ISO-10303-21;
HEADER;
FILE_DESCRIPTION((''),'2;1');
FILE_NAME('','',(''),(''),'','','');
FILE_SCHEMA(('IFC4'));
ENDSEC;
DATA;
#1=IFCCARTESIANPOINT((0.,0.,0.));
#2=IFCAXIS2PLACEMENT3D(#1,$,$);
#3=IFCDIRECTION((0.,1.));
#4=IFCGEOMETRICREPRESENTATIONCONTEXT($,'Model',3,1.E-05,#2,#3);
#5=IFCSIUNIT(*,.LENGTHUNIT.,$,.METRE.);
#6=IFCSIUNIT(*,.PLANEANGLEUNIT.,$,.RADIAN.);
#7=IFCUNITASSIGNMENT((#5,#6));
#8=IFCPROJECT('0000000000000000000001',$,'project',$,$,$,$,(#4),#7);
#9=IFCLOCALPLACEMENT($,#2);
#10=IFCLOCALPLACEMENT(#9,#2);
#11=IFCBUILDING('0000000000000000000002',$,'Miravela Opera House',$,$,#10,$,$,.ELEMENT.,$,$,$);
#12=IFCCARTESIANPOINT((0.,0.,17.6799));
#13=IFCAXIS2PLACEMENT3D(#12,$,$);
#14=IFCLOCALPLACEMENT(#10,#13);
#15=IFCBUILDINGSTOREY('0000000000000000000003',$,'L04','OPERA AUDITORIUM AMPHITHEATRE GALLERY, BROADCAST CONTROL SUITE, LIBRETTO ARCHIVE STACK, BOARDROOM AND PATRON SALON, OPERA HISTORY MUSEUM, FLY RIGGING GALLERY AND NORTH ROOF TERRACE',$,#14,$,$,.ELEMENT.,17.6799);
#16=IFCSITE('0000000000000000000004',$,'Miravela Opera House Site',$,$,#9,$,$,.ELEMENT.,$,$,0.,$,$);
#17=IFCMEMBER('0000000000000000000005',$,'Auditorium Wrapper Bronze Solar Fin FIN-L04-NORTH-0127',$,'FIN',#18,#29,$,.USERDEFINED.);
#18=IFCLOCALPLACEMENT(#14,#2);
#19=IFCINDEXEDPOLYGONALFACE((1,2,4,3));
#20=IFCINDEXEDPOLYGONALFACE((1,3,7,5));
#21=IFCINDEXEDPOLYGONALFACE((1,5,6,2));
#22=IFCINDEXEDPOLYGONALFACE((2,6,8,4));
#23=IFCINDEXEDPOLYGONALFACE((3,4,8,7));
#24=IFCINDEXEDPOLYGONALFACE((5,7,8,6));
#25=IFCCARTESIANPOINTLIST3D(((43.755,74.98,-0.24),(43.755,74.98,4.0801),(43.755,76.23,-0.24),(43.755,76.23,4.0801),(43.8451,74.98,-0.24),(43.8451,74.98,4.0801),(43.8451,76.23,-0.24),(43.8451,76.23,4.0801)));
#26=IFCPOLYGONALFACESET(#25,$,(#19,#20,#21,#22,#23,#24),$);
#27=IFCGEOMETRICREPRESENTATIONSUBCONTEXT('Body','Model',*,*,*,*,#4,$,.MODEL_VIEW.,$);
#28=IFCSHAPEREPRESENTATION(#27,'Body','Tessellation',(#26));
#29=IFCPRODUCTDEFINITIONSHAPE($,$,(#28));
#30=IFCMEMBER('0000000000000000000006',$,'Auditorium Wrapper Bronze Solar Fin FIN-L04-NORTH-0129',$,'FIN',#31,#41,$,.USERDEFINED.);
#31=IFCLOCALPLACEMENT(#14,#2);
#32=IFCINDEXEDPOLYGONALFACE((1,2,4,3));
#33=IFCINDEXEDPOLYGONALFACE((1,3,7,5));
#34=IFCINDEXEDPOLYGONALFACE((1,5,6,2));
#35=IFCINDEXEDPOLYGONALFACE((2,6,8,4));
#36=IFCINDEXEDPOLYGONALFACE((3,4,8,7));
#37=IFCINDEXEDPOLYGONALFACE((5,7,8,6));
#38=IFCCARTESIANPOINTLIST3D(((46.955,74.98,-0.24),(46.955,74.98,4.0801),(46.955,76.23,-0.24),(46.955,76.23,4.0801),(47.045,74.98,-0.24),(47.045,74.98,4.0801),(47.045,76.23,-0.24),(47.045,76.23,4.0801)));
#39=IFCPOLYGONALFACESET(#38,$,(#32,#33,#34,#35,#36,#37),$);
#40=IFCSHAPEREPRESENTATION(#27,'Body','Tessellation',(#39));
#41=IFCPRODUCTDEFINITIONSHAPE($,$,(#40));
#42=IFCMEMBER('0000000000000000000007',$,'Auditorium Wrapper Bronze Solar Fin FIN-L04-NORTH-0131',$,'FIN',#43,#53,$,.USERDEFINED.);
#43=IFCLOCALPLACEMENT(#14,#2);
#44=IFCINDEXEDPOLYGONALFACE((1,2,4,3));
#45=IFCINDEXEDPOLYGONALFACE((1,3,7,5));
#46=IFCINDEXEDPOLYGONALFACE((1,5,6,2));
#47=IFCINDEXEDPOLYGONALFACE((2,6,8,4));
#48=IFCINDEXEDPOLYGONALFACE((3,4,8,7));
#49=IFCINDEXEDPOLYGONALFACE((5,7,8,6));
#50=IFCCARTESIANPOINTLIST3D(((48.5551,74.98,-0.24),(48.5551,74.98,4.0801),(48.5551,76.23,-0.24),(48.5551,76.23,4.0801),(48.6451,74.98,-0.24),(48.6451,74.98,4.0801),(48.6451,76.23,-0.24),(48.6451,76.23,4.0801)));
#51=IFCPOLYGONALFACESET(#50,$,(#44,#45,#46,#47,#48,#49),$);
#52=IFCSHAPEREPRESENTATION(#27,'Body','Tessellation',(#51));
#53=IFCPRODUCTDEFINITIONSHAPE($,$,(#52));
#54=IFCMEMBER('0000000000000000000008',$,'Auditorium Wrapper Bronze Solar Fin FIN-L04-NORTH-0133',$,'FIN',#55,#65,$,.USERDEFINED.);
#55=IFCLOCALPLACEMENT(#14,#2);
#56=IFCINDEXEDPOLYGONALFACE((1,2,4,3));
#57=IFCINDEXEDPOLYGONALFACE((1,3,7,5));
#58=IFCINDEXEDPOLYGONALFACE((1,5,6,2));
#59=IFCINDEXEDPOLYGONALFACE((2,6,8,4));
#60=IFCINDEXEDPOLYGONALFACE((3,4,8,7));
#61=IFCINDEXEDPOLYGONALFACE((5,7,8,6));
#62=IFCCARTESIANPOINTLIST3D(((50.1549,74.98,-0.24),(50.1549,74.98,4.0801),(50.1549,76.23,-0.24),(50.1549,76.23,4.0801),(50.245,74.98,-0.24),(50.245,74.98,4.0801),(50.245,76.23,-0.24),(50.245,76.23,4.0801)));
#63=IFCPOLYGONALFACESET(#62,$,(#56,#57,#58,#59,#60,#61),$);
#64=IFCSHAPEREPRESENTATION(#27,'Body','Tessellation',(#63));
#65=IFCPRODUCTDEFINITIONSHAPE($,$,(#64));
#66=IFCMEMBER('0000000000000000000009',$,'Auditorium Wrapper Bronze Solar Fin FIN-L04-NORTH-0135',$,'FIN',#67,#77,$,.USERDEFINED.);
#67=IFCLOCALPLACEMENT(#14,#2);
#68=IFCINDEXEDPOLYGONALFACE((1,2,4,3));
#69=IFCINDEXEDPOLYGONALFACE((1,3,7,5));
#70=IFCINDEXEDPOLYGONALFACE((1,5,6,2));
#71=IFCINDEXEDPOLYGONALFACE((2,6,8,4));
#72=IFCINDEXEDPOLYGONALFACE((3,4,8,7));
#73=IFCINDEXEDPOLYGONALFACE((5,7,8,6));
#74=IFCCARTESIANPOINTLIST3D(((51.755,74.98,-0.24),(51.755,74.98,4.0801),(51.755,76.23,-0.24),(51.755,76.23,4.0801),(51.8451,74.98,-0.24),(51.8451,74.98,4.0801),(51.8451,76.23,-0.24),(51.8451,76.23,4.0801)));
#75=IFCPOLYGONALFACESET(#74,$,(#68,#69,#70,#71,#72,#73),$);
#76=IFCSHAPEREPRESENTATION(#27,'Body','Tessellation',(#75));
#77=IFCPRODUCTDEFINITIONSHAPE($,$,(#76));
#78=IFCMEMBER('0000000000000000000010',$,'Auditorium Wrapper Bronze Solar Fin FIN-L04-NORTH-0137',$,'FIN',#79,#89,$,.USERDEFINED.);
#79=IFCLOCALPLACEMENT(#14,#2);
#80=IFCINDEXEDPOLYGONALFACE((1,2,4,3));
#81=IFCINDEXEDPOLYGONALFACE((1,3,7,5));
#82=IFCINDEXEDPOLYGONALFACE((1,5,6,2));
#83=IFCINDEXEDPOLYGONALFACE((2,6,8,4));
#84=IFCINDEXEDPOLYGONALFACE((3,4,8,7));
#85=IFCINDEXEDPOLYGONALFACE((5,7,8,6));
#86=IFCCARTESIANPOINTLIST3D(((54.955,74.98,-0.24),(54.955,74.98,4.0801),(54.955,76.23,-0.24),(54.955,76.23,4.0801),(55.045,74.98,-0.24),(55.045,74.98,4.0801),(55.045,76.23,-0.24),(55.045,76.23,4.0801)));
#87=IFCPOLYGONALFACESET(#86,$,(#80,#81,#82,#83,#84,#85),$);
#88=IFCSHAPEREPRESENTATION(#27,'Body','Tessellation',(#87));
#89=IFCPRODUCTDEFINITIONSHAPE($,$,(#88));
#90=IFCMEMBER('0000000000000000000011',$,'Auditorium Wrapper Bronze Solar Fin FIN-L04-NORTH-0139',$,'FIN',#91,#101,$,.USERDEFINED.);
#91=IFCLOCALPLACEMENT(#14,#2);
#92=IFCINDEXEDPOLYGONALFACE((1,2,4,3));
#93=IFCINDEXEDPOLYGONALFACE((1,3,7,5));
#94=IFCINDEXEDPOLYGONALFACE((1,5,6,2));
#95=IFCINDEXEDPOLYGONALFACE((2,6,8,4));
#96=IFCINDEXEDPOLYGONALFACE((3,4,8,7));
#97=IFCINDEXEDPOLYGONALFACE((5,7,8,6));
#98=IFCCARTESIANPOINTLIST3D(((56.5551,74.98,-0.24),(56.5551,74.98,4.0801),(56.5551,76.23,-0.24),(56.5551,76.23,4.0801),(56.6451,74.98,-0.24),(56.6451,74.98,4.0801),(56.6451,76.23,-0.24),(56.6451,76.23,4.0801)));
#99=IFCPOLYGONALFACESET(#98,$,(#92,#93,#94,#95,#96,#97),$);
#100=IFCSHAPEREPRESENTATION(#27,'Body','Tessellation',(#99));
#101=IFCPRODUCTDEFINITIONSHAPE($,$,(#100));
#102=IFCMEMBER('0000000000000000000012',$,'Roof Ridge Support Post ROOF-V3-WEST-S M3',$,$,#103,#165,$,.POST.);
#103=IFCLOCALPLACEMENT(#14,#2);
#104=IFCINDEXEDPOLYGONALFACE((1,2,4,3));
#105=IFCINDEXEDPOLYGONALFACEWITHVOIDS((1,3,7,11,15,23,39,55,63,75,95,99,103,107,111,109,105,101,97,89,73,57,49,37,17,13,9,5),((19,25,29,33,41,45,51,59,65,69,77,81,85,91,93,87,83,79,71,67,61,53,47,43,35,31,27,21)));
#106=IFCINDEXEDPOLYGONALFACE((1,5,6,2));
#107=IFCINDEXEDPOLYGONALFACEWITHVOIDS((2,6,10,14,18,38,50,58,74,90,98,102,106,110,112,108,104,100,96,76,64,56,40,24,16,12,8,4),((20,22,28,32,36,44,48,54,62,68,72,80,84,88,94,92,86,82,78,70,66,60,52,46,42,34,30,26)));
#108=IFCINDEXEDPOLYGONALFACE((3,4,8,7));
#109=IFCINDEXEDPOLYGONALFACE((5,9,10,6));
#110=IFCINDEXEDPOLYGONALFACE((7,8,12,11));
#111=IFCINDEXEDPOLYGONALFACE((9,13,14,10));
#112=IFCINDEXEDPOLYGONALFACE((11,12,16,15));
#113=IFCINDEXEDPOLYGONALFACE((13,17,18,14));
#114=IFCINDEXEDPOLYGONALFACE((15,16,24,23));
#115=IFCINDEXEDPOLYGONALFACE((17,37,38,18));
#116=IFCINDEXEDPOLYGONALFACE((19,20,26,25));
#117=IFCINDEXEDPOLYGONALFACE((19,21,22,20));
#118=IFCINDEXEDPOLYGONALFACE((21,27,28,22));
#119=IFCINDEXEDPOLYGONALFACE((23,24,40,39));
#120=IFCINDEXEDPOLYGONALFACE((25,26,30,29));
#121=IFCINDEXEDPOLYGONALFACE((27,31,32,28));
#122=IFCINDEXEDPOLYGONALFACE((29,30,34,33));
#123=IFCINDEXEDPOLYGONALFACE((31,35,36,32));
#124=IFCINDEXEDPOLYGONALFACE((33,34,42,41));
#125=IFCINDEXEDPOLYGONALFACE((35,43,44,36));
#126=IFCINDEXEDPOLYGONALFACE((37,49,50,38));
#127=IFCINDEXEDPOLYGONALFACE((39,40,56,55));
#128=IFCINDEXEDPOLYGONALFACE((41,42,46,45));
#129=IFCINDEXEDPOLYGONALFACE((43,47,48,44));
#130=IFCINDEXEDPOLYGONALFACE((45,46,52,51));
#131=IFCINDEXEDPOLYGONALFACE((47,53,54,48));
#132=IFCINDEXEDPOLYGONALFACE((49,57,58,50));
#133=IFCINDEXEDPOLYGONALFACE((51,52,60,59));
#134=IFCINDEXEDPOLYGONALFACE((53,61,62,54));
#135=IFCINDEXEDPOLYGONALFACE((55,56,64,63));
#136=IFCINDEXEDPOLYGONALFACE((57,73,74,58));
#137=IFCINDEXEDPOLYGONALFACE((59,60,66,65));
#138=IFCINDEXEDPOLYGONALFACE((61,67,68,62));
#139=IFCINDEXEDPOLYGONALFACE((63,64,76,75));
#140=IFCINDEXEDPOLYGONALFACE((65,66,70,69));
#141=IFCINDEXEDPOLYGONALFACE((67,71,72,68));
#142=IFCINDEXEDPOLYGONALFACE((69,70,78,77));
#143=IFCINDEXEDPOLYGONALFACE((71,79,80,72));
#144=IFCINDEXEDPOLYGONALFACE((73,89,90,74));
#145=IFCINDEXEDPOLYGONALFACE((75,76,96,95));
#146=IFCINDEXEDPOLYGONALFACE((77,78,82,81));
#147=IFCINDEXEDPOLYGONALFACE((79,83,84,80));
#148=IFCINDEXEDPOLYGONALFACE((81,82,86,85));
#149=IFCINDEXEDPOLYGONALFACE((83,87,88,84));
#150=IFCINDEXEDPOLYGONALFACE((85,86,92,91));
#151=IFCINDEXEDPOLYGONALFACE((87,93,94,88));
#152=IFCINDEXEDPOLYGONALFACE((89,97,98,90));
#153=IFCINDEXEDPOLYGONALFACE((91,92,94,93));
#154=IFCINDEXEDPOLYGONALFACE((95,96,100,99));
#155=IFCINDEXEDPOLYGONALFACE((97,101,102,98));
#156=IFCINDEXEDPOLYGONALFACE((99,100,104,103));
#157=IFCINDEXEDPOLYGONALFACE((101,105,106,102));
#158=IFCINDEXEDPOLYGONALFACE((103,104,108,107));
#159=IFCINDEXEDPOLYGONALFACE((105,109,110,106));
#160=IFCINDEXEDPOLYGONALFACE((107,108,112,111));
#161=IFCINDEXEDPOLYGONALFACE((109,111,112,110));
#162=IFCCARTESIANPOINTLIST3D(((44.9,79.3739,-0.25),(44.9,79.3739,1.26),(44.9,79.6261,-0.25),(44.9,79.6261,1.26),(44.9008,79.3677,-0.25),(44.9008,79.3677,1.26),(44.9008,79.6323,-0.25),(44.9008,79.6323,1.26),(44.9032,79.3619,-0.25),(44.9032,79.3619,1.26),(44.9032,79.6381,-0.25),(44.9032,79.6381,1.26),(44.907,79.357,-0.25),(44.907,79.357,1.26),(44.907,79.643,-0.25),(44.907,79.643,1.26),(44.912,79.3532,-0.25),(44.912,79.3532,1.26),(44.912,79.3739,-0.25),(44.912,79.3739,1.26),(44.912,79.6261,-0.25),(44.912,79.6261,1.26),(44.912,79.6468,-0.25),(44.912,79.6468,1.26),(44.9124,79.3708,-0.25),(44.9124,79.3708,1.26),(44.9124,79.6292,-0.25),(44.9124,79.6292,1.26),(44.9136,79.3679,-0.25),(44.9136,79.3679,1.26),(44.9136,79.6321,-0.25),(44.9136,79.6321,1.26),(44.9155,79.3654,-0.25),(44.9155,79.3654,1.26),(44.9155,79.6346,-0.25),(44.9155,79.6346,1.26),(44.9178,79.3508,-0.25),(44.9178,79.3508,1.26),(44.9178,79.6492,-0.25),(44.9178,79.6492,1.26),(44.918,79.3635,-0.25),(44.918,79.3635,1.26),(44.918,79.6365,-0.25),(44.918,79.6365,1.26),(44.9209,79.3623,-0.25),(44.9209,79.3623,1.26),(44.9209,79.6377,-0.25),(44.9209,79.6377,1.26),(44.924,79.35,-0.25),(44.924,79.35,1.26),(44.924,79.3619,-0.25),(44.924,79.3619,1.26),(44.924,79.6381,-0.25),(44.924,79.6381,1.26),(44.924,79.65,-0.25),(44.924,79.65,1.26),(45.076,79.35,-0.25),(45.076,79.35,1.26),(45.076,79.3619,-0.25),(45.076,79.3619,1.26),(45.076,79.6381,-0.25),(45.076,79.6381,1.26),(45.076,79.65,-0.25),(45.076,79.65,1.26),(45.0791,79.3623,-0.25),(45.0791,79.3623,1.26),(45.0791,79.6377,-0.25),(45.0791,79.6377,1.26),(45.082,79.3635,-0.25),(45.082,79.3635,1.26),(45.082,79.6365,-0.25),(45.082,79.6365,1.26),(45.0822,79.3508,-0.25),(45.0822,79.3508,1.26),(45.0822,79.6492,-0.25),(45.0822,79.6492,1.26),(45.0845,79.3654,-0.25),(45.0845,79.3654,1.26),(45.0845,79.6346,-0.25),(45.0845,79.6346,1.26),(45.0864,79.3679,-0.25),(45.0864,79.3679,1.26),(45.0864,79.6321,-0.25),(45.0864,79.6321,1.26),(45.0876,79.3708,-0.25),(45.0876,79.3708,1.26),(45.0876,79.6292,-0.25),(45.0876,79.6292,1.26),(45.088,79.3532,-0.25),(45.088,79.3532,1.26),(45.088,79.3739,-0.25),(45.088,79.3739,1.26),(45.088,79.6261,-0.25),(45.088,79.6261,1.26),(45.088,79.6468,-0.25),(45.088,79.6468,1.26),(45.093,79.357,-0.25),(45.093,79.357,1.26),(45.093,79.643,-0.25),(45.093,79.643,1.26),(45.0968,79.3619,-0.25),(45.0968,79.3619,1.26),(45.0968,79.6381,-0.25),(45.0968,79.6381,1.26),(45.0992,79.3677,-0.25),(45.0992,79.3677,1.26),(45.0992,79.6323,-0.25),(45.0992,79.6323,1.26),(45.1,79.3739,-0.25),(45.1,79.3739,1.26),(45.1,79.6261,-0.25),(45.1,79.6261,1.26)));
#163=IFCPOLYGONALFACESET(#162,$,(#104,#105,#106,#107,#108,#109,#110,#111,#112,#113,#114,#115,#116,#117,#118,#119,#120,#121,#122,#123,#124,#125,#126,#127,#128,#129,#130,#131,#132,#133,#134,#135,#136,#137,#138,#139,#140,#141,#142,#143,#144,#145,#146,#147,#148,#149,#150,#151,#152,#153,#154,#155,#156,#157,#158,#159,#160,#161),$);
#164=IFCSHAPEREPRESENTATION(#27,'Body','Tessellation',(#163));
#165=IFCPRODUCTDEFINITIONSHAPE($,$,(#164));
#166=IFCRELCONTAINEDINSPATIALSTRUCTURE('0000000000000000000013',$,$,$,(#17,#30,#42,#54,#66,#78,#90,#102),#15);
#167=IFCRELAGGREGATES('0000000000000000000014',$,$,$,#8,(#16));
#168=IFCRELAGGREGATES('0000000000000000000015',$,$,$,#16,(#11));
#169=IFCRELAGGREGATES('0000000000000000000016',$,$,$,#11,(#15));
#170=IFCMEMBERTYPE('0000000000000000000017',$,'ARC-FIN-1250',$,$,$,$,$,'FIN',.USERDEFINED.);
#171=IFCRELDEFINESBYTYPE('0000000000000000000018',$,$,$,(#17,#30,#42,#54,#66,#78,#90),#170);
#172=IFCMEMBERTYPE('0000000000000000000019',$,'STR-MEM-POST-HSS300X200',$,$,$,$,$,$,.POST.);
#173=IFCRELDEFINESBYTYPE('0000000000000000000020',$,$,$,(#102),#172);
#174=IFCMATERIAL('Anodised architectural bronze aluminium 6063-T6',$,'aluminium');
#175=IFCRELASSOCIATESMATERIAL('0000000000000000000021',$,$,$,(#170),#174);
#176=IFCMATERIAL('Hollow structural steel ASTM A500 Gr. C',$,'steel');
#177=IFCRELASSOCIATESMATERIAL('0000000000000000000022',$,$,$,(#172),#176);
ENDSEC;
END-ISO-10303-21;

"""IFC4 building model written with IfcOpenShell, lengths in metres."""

from ifc_helpers import new_model, si_unit, direction, frame, origin, origin_2d, place, context, subcontext, project, spatial, rectangle, hollow_rectangle, extrude, material, material_profile, profile_set, type_object, element, save


model = new_model("IFC4")

# Units and contexts
model_context = context("Model", 3, precision=1e-05, world=origin(), true_north=direction((0.0, 1.0)))
body_context = subcontext(model_context, "Body", "Model", "MODEL_VIEW")
ifc_project = project(units=[si_unit("LENGTHUNIT", "METRE"), si_unit("PLANEANGLEUNIT", "RADIAN")], contexts=[model_context])

# Site, building, storey
site_placement = place(None, origin())
site = spatial("IfcSite", under=ifc_project, at=site_placement, Name="Miravela Opera House Site", CompositionType="ELEMENT", RefElevation=0.0)
building_placement = place(site_placement, origin())
building = spatial("IfcBuilding", under=site, at=building_placement, Name="Miravela Opera House", CompositionType="ELEMENT")
storey_placement = place(building_placement, frame((0.0, 0.0, 17.6799)))
storey = spatial("IfcBuildingStorey", under=building, at=storey_placement, Name="L04", Description="OPERA AUDITORIUM AMPHITHEATRE GALLERY, BROADCAST CONTROL SUITE, LIBRETTO ARCHIVE STACK, BOARDROOM AND PATRON SALON, OPERA HISTORY MUSEUM, FLY RIGGING GALLERY AND NORTH ROOF TERRACE", CompositionType="ELEMENT", Elevation=17.6799)

# Members
ifc_material_1 = material(Name="Anodised architectural bronze aluminium 6063-T6", Category="aluminium")
ifc_material_profile_1 = material_profile(ifc_material_1, rectangle(XDim=0.0901, YDim=1.25, at=origin_2d()), Name="FIN-1250X90")
ifc_profile_set_1 = profile_set([ifc_material_profile_1])
member_type_1 = type_object("IfcMemberType", Name="ARC-FIN-1250", ElementType="FIN", PredefinedType="USERDEFINED", material=ifc_profile_set_1)
for number, where, z_axis, x_axis, name in (
    (1, (43.8, 75.605, -0.24), (0.0, 0.0, 1.0), (1.0, 0.0, 0.0), "Auditorium Wrapper Bronze Solar Fin FIN-L04-NORTH-0127"),
    (2, (47.0, 75.605, -0.24), (0.0, 0.0, 1.0), (1.0, 0.0, 0.0), "Auditorium Wrapper Bronze Solar Fin FIN-L04-NORTH-0129"),
    (3, (48.6001, 75.605, -0.24), (0.0, 0.0, 1.0), (1.0, 0.0, 0.0), "Auditorium Wrapper Bronze Solar Fin FIN-L04-NORTH-0131"),
    (4, (50.2, 75.605, -0.24), (0.0, 0.0, 1.0), (1.0, 0.0, 0.0), "Auditorium Wrapper Bronze Solar Fin FIN-L04-NORTH-0133"),
    (5, (51.8, 75.605, -0.24), (0.0, 0.0, 1.0), (1.0, 0.0, 0.0), "Auditorium Wrapper Bronze Solar Fin FIN-L04-NORTH-0135"),
    (6, (55.0, 75.605, -0.24), (0.0, 0.0, 1.0), (1.0, 0.0, 0.0), "Auditorium Wrapper Bronze Solar Fin FIN-L04-NORTH-0137"),
    (7, (56.6001, 75.605, -0.24), (0.0, 0.0, 1.0), (1.0, 0.0, 0.0), "Auditorium Wrapper Bronze Solar Fin FIN-L04-NORTH-0139"),
):
    element("IfcMember", number, at=place(storey_placement, frame(where, z_axis=z_axis, x_axis=x_axis)), inside=storey, type_object=member_type_1, Name=name, ObjectType="FIN", PredefinedType="USERDEFINED", context=body_context, shape_type="SweptSolid", body=[
        extrude(rectangle(XDim=0.0901, YDim=1.25, at=origin_2d()), origin(), (0.0, 0.0, 1.0), 4.3201),
    ])
ifc_material_2 = material(Name="Hollow structural steel ASTM A500 Gr. C", Category="steel")
ifc_material_profile_2 = material_profile(ifc_material_2, hollow_rectangle(XDim=0.2, YDim=0.3, WallThickness=0.012, InnerFilletRadius=0.012, OuterFilletRadius=0.0239, at=origin_2d()), Name="HSS300X200X12")
ifc_profile_set_2 = profile_set([ifc_material_profile_2])
member_type_2 = type_object("IfcMemberType", Name="STR-MEM-POST-HSS300X200", PredefinedType="POST", material=ifc_profile_set_2)
for number, where, z_axis, x_axis, name in (
    (8, (45.0, 79.5, -0.25), (0.0, 0.0, 1.0), (1.0, 0.0, 0.0), "Roof Ridge Support Post ROOF-V3-WEST-S M3"),
):
    element("IfcMember", number, at=place(storey_placement, frame(where, z_axis=z_axis, x_axis=x_axis)), inside=storey, type_object=member_type_2, Name=name, PredefinedType="POST", context=body_context, shape_type="SweptSolid", body=[
        extrude(hollow_rectangle(XDim=0.2, YDim=0.3, WallThickness=0.012, InnerFilletRadius=0.012, OuterFilletRadius=0.0239, at=origin_2d()), origin(), (0.0, 0.0, 1.0), 1.51),
    ])

save(model, "model.ifc")
